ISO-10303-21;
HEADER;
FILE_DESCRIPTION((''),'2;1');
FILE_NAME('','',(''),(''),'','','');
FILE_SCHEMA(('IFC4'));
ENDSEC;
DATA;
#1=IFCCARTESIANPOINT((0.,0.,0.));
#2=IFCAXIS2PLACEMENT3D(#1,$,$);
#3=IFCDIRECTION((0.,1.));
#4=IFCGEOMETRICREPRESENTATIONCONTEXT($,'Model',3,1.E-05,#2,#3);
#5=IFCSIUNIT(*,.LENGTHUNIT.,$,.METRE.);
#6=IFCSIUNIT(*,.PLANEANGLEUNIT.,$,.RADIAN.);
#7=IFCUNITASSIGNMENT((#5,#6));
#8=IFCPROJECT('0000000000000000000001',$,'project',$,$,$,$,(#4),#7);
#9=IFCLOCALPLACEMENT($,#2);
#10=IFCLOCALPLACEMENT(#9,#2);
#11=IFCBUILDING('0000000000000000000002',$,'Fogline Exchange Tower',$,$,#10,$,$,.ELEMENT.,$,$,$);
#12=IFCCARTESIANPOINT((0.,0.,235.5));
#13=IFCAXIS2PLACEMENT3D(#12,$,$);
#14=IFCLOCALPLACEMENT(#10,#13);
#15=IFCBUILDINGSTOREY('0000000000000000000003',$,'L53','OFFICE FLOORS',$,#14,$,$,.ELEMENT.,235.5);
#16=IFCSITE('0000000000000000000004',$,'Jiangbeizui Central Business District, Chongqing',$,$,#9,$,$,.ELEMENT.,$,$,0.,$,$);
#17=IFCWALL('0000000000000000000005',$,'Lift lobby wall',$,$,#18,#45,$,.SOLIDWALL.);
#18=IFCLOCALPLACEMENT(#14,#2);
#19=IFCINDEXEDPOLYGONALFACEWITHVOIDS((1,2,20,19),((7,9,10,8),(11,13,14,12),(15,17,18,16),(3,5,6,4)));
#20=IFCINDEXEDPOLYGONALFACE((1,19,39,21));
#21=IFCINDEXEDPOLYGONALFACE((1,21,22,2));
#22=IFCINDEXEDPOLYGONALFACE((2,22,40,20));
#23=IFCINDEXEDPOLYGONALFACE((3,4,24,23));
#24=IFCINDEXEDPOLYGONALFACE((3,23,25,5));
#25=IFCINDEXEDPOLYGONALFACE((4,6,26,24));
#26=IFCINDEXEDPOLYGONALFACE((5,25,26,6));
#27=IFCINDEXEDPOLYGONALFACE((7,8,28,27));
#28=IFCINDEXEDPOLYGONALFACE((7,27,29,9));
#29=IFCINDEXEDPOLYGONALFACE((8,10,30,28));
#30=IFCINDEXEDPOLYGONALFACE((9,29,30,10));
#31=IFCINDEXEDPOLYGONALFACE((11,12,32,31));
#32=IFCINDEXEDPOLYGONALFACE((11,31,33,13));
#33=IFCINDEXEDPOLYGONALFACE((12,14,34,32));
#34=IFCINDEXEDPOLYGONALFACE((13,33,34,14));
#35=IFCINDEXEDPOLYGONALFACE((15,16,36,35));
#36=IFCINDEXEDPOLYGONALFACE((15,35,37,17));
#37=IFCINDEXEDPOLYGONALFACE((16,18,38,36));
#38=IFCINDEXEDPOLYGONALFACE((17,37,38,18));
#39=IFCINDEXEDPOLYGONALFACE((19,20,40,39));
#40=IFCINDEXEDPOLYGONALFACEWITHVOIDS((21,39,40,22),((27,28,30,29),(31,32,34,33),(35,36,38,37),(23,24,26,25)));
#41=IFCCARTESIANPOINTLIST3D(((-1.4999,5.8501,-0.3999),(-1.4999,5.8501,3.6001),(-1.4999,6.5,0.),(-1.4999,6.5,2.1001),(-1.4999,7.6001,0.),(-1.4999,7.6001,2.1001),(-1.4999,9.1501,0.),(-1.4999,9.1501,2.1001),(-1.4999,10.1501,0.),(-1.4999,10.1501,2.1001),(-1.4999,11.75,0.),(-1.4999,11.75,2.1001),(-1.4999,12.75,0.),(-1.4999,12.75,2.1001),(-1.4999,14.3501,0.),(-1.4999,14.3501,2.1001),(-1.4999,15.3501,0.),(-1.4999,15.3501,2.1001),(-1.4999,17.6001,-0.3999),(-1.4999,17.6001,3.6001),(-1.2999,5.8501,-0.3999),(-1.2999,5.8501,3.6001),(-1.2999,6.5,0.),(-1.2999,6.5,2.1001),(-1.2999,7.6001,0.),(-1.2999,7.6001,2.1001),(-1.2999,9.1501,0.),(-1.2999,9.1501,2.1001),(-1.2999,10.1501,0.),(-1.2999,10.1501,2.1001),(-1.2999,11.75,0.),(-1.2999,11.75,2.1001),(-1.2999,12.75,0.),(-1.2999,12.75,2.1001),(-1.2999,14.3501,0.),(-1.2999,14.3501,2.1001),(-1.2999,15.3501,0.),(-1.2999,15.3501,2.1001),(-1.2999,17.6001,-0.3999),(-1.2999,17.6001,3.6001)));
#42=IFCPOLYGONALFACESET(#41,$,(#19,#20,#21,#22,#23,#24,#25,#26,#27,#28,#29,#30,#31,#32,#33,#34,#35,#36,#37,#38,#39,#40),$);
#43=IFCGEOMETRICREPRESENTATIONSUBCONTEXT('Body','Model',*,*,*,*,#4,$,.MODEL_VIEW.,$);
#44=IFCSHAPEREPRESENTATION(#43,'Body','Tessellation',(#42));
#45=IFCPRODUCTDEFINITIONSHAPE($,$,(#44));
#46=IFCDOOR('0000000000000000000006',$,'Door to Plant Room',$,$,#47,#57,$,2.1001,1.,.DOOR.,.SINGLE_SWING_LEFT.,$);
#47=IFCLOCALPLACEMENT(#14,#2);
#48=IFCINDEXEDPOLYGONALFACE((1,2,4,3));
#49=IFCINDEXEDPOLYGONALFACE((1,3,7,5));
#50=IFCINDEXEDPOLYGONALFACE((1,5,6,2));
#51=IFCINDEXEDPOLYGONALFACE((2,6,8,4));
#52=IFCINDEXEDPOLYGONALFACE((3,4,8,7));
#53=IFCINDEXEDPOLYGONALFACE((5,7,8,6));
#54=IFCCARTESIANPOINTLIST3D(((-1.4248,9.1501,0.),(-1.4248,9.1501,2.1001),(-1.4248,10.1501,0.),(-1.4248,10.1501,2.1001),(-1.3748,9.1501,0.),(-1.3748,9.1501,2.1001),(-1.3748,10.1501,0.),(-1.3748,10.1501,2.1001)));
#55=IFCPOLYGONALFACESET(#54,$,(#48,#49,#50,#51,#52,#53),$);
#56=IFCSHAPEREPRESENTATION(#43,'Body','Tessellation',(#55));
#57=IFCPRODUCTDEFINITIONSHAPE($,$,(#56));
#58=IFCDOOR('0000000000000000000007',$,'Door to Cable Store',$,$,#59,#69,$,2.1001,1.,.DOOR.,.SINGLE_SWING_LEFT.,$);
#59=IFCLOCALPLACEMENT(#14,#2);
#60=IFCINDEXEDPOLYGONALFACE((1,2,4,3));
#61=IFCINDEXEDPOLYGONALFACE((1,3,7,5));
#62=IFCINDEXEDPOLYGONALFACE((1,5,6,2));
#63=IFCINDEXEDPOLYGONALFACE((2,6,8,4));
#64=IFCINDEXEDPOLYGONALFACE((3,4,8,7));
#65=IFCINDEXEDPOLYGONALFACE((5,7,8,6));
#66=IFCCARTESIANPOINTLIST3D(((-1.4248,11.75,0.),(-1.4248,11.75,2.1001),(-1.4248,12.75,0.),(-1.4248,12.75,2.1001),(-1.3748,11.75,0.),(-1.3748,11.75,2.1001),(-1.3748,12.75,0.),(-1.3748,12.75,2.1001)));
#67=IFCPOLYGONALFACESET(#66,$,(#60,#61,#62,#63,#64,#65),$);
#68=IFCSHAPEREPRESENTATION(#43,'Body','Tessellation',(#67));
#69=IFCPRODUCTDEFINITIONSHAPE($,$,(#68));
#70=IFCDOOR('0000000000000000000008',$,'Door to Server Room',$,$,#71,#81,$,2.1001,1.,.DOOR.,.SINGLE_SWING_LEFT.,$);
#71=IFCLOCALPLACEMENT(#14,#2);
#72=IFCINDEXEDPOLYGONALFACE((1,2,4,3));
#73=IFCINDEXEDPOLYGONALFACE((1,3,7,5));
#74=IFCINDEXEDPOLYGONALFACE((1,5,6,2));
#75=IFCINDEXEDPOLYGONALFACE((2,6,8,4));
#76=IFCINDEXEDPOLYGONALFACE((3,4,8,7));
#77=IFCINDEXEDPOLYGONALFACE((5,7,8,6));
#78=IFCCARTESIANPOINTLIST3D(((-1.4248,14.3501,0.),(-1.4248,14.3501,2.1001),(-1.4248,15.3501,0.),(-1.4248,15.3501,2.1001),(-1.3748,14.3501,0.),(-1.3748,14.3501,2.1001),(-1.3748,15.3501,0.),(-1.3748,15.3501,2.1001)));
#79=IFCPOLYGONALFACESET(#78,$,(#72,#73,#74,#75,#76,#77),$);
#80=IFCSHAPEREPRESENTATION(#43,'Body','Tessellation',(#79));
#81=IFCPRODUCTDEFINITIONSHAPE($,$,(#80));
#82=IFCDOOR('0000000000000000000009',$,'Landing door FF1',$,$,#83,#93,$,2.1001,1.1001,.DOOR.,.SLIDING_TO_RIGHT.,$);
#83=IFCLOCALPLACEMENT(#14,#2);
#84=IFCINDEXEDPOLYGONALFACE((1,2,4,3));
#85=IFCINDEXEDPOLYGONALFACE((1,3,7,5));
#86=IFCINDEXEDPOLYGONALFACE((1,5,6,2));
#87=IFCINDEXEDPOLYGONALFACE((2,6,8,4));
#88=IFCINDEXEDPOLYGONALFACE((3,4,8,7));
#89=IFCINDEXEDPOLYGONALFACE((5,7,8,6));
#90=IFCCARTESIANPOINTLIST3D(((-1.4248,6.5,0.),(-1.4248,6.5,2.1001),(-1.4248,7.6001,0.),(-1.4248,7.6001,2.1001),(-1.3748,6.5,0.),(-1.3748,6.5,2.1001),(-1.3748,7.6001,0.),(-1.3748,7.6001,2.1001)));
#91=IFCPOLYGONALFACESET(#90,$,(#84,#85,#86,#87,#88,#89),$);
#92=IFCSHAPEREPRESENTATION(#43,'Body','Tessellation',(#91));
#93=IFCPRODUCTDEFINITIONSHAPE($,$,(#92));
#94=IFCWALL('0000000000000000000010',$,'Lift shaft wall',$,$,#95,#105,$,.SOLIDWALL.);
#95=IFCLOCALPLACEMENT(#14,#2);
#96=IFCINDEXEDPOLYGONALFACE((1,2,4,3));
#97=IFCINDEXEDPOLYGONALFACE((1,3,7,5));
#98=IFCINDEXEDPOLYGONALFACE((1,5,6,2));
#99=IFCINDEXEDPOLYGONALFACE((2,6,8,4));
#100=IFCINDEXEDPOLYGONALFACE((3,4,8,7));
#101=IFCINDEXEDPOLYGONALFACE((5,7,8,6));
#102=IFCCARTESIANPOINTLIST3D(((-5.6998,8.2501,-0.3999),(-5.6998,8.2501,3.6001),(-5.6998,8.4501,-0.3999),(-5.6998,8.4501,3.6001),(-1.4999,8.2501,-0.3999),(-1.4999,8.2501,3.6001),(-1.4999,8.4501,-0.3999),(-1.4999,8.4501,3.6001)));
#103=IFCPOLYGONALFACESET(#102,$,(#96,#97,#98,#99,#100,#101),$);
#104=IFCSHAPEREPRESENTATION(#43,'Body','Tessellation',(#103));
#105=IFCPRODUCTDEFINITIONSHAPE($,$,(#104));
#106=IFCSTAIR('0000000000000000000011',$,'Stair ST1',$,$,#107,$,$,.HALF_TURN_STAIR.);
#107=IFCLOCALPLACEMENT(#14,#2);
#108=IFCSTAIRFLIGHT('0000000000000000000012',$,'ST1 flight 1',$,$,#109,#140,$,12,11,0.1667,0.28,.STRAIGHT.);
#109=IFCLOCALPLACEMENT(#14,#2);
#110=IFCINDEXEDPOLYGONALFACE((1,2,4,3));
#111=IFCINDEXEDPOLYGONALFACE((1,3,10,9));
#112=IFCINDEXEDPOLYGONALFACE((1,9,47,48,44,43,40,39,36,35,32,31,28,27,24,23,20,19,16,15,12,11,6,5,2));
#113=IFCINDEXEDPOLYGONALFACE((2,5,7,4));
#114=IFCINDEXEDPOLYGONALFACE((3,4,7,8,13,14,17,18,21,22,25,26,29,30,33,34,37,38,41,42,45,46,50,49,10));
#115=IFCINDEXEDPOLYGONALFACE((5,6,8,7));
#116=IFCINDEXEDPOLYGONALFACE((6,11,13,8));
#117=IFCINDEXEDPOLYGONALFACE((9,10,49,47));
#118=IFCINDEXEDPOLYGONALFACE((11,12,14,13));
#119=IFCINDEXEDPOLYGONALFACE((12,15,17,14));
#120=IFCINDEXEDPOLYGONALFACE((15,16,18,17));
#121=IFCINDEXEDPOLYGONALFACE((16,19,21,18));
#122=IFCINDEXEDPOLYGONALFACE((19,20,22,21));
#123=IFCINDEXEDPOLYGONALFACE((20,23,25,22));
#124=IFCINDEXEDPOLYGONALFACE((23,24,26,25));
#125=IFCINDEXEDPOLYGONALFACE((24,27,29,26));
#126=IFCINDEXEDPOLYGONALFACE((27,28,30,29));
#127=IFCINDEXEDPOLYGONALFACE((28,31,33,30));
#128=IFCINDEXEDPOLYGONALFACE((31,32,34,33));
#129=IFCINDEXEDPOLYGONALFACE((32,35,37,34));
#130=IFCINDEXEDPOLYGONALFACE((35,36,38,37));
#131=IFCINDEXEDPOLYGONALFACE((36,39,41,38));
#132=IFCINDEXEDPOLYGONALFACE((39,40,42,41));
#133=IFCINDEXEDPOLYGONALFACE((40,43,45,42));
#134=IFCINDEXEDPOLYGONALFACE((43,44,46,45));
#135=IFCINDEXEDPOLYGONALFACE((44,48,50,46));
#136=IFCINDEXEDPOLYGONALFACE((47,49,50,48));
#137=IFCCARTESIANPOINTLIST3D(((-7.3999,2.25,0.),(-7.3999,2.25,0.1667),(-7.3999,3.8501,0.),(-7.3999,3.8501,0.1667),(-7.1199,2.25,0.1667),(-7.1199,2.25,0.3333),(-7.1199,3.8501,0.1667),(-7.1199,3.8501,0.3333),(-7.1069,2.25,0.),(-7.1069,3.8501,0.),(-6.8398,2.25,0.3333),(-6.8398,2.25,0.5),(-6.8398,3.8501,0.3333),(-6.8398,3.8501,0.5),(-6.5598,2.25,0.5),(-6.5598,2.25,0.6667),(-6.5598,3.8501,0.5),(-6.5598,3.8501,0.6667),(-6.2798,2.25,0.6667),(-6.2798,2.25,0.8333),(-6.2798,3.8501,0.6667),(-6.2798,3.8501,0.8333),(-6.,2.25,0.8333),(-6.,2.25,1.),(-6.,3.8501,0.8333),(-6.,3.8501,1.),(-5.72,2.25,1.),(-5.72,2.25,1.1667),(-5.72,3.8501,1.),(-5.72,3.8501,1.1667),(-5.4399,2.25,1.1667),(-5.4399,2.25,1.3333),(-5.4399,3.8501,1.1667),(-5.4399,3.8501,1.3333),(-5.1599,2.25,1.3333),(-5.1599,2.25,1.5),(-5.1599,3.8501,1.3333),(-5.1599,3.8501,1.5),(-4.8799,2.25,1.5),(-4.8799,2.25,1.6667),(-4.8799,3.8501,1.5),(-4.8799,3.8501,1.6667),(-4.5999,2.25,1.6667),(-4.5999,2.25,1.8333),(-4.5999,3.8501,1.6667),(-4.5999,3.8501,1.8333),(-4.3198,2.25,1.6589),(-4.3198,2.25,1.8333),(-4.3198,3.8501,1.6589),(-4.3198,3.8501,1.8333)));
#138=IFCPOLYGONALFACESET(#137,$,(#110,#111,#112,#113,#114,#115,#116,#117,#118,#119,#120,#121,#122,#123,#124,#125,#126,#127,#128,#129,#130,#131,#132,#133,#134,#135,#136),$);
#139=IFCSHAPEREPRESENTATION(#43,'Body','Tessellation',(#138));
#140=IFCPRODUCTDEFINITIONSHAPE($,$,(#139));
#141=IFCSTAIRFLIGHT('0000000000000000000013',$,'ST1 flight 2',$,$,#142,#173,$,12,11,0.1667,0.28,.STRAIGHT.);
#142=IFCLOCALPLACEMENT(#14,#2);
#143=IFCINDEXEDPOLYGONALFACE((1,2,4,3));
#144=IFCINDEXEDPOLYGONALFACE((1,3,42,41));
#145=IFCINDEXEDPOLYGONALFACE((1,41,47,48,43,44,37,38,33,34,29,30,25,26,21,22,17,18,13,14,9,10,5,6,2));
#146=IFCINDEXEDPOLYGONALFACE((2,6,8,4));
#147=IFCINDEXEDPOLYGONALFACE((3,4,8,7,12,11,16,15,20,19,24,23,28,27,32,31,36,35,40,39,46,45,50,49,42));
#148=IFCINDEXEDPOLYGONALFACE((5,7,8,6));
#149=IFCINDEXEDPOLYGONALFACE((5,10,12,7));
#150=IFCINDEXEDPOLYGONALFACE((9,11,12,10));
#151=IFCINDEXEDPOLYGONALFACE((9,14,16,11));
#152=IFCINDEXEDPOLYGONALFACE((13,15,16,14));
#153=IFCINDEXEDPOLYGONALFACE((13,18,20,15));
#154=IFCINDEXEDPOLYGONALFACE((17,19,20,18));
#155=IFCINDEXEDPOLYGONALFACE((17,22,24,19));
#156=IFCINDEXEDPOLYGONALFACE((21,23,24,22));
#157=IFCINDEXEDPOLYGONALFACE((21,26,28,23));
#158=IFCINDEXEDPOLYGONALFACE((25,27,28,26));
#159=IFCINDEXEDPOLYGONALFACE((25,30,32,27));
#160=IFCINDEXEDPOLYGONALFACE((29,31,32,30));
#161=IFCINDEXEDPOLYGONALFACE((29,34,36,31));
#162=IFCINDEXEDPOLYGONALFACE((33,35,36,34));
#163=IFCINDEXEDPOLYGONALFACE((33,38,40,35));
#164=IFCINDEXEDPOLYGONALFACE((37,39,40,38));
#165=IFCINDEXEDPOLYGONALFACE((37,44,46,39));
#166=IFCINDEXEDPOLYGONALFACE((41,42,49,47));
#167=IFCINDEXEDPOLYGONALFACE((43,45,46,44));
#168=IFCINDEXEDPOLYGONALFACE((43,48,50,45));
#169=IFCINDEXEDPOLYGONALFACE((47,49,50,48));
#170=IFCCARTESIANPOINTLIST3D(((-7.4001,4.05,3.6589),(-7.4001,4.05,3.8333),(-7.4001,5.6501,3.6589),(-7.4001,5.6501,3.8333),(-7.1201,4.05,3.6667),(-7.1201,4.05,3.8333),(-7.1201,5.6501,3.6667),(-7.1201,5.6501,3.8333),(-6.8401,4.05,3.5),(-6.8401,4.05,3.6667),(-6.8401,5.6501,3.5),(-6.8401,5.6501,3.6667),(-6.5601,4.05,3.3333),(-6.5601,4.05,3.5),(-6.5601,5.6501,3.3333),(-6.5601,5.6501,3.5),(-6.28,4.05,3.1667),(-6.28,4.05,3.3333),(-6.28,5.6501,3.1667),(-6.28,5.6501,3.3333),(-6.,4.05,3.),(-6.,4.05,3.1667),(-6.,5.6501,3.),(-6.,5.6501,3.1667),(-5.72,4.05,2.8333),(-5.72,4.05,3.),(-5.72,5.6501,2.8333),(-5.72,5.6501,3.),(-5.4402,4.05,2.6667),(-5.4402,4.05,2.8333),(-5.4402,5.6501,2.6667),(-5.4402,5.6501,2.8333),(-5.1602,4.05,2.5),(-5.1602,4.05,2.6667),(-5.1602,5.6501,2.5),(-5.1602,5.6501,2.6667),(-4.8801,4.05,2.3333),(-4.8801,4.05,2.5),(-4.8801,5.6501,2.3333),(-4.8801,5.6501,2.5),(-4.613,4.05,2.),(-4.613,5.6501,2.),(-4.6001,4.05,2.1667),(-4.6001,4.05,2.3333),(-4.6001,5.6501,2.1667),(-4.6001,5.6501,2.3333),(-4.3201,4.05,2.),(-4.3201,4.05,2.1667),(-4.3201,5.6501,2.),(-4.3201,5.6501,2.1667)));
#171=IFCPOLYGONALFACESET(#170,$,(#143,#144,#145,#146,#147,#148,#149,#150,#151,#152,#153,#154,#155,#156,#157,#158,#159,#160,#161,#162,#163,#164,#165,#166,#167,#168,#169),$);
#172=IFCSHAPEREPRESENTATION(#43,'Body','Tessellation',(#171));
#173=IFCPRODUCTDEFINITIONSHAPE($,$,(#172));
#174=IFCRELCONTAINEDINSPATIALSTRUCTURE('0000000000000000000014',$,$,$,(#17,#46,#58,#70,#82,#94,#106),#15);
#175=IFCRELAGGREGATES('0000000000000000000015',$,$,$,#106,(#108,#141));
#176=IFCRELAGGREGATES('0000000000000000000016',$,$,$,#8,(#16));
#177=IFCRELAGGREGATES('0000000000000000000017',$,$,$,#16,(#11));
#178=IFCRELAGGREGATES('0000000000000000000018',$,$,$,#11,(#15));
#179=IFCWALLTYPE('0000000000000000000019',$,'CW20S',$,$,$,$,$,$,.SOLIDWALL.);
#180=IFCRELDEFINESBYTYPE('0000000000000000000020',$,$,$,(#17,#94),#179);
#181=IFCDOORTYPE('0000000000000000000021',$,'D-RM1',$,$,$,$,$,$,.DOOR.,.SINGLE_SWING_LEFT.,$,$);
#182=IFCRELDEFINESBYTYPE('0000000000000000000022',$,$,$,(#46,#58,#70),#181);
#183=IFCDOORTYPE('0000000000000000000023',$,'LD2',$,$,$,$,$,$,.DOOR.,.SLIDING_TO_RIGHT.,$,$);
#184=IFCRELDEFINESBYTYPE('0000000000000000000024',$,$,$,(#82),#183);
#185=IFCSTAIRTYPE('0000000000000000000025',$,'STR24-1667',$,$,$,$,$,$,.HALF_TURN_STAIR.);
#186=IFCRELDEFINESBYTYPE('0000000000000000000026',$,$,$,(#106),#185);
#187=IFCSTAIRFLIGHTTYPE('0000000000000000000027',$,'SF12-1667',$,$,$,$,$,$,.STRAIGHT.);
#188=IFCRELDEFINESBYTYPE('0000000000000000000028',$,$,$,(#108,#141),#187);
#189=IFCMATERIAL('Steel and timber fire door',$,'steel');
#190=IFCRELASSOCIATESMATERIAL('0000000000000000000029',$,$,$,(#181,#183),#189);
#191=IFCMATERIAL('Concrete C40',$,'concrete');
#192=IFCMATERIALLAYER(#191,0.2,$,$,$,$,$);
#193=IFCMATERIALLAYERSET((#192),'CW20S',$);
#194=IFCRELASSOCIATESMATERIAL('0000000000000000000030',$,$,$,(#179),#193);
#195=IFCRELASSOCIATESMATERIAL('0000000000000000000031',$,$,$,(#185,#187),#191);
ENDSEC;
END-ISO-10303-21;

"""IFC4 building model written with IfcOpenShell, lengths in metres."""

from ifc_helpers import new_model, si_unit, direction, frame, frame_2d, origin, place, context, subcontext, project, spatial, polyline, rectangle, outline, extrude, material, layer, layer_set, type_object, element, fill, aggregate, save


model = new_model("IFC4")

# Units and contexts
model_context = context("Model", 3, precision=1e-05, world=origin(), true_north=direction((0.0, 1.0)))
body_context = subcontext(model_context, "Body", "Model", "MODEL_VIEW")
ifc_project = project(units=[si_unit("LENGTHUNIT", "METRE"), si_unit("PLANEANGLEUNIT", "RADIAN")], contexts=[model_context])

# Site, building, storey
site_placement = place(None, origin())
site = spatial("IfcSite", under=ifc_project, at=site_placement, Name="Jiangbeizui Central Business District, Chongqing", CompositionType="ELEMENT", RefElevation=0.0)
building_placement = place(site_placement, origin())
building = spatial("IfcBuilding", under=site, at=building_placement, Name="Fogline Exchange Tower", CompositionType="ELEMENT")
storey_placement = place(building_placement, frame((0.0, 0.0, 235.5)))
storey = spatial("IfcBuildingStorey", under=building, at=storey_placement, Name="L53", Description="OFFICE FLOORS", CompositionType="ELEMENT", Elevation=235.5)

# Shared definitions
ifc_material_1 = material(Name="Steel and timber fire door", Category="steel")

# Shared definitions
ifc_material_2 = material(Name="Concrete C40", Category="concrete")

# Shared definitions
door_type_1 = type_object("IfcDoorType", Name="D-RM1", OperationType="SINGLE_SWING_LEFT", PredefinedType="DOOR", material=ifc_material_1)

# Shared definitions
ifc_layer_1 = layer(ifc_material_2, 0.2)
ifc_layer_set_1 = layer_set([ifc_layer_1], Name="CW20S")
wall_type_1 = type_object("IfcWallType", Name="CW20S", PredefinedType="SOLIDWALL", material=ifc_layer_set_1)

# Wall, openings, doors
wall_1_placement = place(storey_placement, frame((-1.3999, 5.8501, -0.3999), z_axis=(0.0, 0.0, 1.0), x_axis=(0.0, 1.0, 0.0)))
wall_1 = element("IfcWall", 1, at=wall_1_placement, inside=storey, type_object=wall_type_1, Name="Lift lobby wall", PredefinedType="SOLIDWALL", context=body_context, shape_type="SweptSolid", body=[
    extrude(rectangle(XDim=11.75, YDim=0.2, at=frame_2d((5.875, 0.0))), origin(), (0.0, 0.0, 1.0), 4.0),
])
opening_1_placement = place(wall_1_placement, frame((0.6499, 0.0, 0.3999)))
opening_1 = element("IfcOpeningElement", 2, at=opening_1_placement, cuts=wall_1, PredefinedType="OPENING", context=body_context, shape_type="SweptSolid", body=[
    extrude(rectangle(XDim=1.1001, YDim=2.1001, at=frame_2d((0.55, 1.05))), frame((0.0, 0.1099, 0.0), z_axis=(0.0, -1.0, 0.0), x_axis=(1.0, 0.0, 0.0)), (0.0, 0.0, 1.0), 0.22),
])
opening_2_placement = place(wall_1_placement, frame((3.3, 0.0, 0.3999)))
opening_2 = element("IfcOpeningElement", 3, at=opening_2_placement, cuts=wall_1, PredefinedType="OPENING", context=body_context, shape_type="SweptSolid", body=[
    extrude(rectangle(XDim=1.0, YDim=2.1001, at=frame_2d((0.5, 1.05))), frame((0.0, 0.1099, 0.0), z_axis=(0.0, -1.0, 0.0), x_axis=(1.0, 0.0, 0.0)), (0.0, 0.0, 1.0), 0.22),
])
opening_3_placement = place(wall_1_placement, frame((5.8999, 0.0, 0.3999)))
opening_3 = element("IfcOpeningElement", 4, at=opening_3_placement, cuts=wall_1, PredefinedType="OPENING", context=body_context, shape_type="SweptSolid", body=[
    extrude(rectangle(XDim=1.0, YDim=2.1001, at=frame_2d((0.5, 1.05))), frame((0.0, 0.1099, 0.0), z_axis=(0.0, -1.0, 0.0), x_axis=(1.0, 0.0, 0.0)), (0.0, 0.0, 1.0), 0.22),
])
opening_4_placement = place(wall_1_placement, frame((8.5, 0.0, 0.3999)))
opening_4 = element("IfcOpeningElement", 5, at=opening_4_placement, cuts=wall_1, PredefinedType="OPENING", context=body_context, shape_type="SweptSolid", body=[
    extrude(rectangle(XDim=1.0, YDim=2.1001, at=frame_2d((0.5, 1.05))), frame((0.0, 0.1099, 0.0), z_axis=(0.0, -1.0, 0.0), x_axis=(1.0, 0.0, 0.0)), (0.0, 0.0, 1.0), 0.22),
])
door_1_placement = place(opening_2_placement, origin())
door_1 = element("IfcDoor", 6, at=door_1_placement, inside=storey, type_object=door_type_1, Name="Door to Plant Room", OperationType="SINGLE_SWING_LEFT", OverallHeight=2.1001, OverallWidth=1.0, PredefinedType="DOOR", context=body_context, shape_type="SweptSolid", body=[
    extrude(rectangle(XDim=1.0, YDim=2.1001, at=frame_2d((0.5, 1.05))), frame((0.0, 0.0249, 0.0), z_axis=(0.0, -1.0, 0.0), x_axis=(1.0, 0.0, 0.0)), (0.0, 0.0, 1.0), 0.05),
])
fill(opening_2, door_1)
door_2_placement = place(opening_3_placement, origin())
door_2 = element("IfcDoor", 7, at=door_2_placement, inside=storey, type_object=door_type_1, Name="Door to Cable Store", OperationType="SINGLE_SWING_LEFT", OverallHeight=2.1001, OverallWidth=1.0, PredefinedType="DOOR", context=body_context, shape_type="SweptSolid", body=[
    extrude(rectangle(XDim=1.0, YDim=2.1001, at=frame_2d((0.5, 1.05))), frame((0.0, 0.0249, 0.0), z_axis=(0.0, -1.0, 0.0), x_axis=(1.0, 0.0, 0.0)), (0.0, 0.0, 1.0), 0.05),
])
fill(opening_3, door_2)
door_3_placement = place(opening_4_placement, origin())
door_3 = element("IfcDoor", 8, at=door_3_placement, inside=storey, type_object=door_type_1, Name="Door to Server Room", OperationType="SINGLE_SWING_LEFT", OverallHeight=2.1001, OverallWidth=1.0, PredefinedType="DOOR", context=body_context, shape_type="SweptSolid", body=[
    extrude(rectangle(XDim=1.0, YDim=2.1001, at=frame_2d((0.5, 1.05))), frame((0.0, 0.0249, 0.0), z_axis=(0.0, -1.0, 0.0), x_axis=(1.0, 0.0, 0.0)), (0.0, 0.0, 1.0), 0.05),
])
fill(opening_4, door_3)
door_type_2 = type_object("IfcDoorType", Name="LD2", OperationType="SLIDING_TO_RIGHT", PredefinedType="DOOR", material=ifc_material_1)
door_4_placement = place(opening_1_placement, origin())
door_4 = element("IfcDoor", 9, at=door_4_placement, inside=storey, type_object=door_type_2, Name="Landing door FF1", OperationType="SLIDING_TO_RIGHT", OverallHeight=2.1001, OverallWidth=1.1001, PredefinedType="DOOR", context=body_context, shape_type="SweptSolid", body=[
    extrude(rectangle(XDim=1.1001, YDim=2.1001, at=frame_2d((0.55, 1.05))), frame((0.0, 0.0249, 0.0), z_axis=(0.0, -1.0, 0.0), x_axis=(1.0, 0.0, 0.0)), (0.0, 0.0, 1.0), 0.05),
])
fill(opening_1, door_4)

# Wall
wall_2_placement = place(storey_placement, frame((-5.7, 8.3501, -0.3999), z_axis=(0.0, 0.0, 1.0), x_axis=(1.0, 0.0, 0.0)))
element("IfcWall", 10, at=wall_2_placement, inside=storey, type_object=wall_type_1, Name="Lift shaft wall", PredefinedType="SOLIDWALL", context=body_context, shape_type="SweptSolid", body=[
    extrude(rectangle(XDim=4.2, YDim=0.2, at=frame_2d((2.1001, 0.0))), origin(), (0.0, 0.0, 1.0), 4.0),
])

# Stair, stair flights
stair_type = type_object("IfcStairType", Name="STR24-1667", PredefinedType="HALF_TURN_STAIR", material=ifc_material_2)
stair_placement = place(storey_placement, origin())
stair = element("IfcStair", 11, at=stair_placement, inside=storey, type_object=stair_type, Name="Stair ST1", PredefinedType="HALF_TURN_STAIR")
stair_flight_type = type_object("IfcStairFlightType", Name="SF12-1667", PredefinedType="STRAIGHT", material=ifc_material_2)
stair_flight_1_placement = place(storey_placement, frame((-7.3999, 3.05, 0.0), z_axis=(0.0, 0.0, 1.0), x_axis=(1.0, 0.0, 0.0)))
stair_flight_1 = element("IfcStairFlight", 12, at=stair_flight_1_placement, type_object=stair_flight_type, Name="ST1 flight 1", NumberOfRisers=12, NumberOfTreads=11, PredefinedType="STRAIGHT", RiserHeight=0.1667, TreadLength=0.28, context=body_context, shape_type="SweptSolid", body=[
    extrude(outline(polyline([(0.0, 0.0), (0.0, 0.1667), (0.28, 0.1667), (0.28, 0.3333), (0.5601, 0.3333), (0.5601, 0.5), (0.8401, 0.5), (0.8401, 0.6667), (1.1201, 0.6667), (1.1201, 0.8333), (1.3999, 0.8333), (1.3999, 1.0), (1.6799, 1.0), (1.6799, 1.1667), (1.96, 1.1667), (1.96, 1.3333), (2.24, 1.3333), (2.24, 1.5), (2.52, 1.5), (2.52, 1.6667), (2.8, 1.6667), (2.8, 1.8333), (3.0801, 1.8333), (3.0801, 2.0), (3.0801, 1.6589), (0.293, 0.0), (0.0, 0.0)])), frame((0.0, 0.8, 0.0), z_axis=(0.0, -1.0, 0.0), x_axis=(1.0, 0.0, 0.0)), (0.0, 0.0, 1.0), 1.6001),
])
stair_flight_2_placement = place(storey_placement, frame((-4.3201, 4.8501, 2.0), z_axis=(0.0, 0.0, 1.0), x_axis=(-1.0, 0.0, 0.0)))
stair_flight_2 = element("IfcStairFlight", 13, at=stair_flight_2_placement, type_object=stair_flight_type, Name="ST1 flight 2", NumberOfRisers=12, NumberOfTreads=11, PredefinedType="STRAIGHT", RiserHeight=0.1667, TreadLength=0.28, context=body_context, shape_type="SweptSolid", body=[
    extrude(outline(polyline([(0.0, 0.0), (0.0, 0.1667), (0.28, 0.1667), (0.28, 0.3333), (0.5601, 0.3333), (0.5601, 0.5), (0.8401, 0.5), (0.8401, 0.6667), (1.1201, 0.6667), (1.1201, 0.8333), (1.3999, 0.8333), (1.3999, 1.0), (1.6799, 1.0), (1.6799, 1.1667), (1.96, 1.1667), (1.96, 1.3333), (2.24, 1.3333), (2.24, 1.5), (2.52, 1.5), (2.52, 1.6667), (2.8, 1.6667), (2.8, 1.8333), (3.0801, 1.8333), (3.0801, 2.0), (3.0801, 1.6589), (0.293, 0.0), (0.0, 0.0)])), frame((0.0, 0.8, 0.0), z_axis=(0.0, -1.0, 0.0), x_axis=(1.0, 0.0, 0.0)), (0.0, 0.0, 1.0), 1.6001),
])
aggregate(stair, [stair_flight_1, stair_flight_2])

save(model, "model.ifc")
